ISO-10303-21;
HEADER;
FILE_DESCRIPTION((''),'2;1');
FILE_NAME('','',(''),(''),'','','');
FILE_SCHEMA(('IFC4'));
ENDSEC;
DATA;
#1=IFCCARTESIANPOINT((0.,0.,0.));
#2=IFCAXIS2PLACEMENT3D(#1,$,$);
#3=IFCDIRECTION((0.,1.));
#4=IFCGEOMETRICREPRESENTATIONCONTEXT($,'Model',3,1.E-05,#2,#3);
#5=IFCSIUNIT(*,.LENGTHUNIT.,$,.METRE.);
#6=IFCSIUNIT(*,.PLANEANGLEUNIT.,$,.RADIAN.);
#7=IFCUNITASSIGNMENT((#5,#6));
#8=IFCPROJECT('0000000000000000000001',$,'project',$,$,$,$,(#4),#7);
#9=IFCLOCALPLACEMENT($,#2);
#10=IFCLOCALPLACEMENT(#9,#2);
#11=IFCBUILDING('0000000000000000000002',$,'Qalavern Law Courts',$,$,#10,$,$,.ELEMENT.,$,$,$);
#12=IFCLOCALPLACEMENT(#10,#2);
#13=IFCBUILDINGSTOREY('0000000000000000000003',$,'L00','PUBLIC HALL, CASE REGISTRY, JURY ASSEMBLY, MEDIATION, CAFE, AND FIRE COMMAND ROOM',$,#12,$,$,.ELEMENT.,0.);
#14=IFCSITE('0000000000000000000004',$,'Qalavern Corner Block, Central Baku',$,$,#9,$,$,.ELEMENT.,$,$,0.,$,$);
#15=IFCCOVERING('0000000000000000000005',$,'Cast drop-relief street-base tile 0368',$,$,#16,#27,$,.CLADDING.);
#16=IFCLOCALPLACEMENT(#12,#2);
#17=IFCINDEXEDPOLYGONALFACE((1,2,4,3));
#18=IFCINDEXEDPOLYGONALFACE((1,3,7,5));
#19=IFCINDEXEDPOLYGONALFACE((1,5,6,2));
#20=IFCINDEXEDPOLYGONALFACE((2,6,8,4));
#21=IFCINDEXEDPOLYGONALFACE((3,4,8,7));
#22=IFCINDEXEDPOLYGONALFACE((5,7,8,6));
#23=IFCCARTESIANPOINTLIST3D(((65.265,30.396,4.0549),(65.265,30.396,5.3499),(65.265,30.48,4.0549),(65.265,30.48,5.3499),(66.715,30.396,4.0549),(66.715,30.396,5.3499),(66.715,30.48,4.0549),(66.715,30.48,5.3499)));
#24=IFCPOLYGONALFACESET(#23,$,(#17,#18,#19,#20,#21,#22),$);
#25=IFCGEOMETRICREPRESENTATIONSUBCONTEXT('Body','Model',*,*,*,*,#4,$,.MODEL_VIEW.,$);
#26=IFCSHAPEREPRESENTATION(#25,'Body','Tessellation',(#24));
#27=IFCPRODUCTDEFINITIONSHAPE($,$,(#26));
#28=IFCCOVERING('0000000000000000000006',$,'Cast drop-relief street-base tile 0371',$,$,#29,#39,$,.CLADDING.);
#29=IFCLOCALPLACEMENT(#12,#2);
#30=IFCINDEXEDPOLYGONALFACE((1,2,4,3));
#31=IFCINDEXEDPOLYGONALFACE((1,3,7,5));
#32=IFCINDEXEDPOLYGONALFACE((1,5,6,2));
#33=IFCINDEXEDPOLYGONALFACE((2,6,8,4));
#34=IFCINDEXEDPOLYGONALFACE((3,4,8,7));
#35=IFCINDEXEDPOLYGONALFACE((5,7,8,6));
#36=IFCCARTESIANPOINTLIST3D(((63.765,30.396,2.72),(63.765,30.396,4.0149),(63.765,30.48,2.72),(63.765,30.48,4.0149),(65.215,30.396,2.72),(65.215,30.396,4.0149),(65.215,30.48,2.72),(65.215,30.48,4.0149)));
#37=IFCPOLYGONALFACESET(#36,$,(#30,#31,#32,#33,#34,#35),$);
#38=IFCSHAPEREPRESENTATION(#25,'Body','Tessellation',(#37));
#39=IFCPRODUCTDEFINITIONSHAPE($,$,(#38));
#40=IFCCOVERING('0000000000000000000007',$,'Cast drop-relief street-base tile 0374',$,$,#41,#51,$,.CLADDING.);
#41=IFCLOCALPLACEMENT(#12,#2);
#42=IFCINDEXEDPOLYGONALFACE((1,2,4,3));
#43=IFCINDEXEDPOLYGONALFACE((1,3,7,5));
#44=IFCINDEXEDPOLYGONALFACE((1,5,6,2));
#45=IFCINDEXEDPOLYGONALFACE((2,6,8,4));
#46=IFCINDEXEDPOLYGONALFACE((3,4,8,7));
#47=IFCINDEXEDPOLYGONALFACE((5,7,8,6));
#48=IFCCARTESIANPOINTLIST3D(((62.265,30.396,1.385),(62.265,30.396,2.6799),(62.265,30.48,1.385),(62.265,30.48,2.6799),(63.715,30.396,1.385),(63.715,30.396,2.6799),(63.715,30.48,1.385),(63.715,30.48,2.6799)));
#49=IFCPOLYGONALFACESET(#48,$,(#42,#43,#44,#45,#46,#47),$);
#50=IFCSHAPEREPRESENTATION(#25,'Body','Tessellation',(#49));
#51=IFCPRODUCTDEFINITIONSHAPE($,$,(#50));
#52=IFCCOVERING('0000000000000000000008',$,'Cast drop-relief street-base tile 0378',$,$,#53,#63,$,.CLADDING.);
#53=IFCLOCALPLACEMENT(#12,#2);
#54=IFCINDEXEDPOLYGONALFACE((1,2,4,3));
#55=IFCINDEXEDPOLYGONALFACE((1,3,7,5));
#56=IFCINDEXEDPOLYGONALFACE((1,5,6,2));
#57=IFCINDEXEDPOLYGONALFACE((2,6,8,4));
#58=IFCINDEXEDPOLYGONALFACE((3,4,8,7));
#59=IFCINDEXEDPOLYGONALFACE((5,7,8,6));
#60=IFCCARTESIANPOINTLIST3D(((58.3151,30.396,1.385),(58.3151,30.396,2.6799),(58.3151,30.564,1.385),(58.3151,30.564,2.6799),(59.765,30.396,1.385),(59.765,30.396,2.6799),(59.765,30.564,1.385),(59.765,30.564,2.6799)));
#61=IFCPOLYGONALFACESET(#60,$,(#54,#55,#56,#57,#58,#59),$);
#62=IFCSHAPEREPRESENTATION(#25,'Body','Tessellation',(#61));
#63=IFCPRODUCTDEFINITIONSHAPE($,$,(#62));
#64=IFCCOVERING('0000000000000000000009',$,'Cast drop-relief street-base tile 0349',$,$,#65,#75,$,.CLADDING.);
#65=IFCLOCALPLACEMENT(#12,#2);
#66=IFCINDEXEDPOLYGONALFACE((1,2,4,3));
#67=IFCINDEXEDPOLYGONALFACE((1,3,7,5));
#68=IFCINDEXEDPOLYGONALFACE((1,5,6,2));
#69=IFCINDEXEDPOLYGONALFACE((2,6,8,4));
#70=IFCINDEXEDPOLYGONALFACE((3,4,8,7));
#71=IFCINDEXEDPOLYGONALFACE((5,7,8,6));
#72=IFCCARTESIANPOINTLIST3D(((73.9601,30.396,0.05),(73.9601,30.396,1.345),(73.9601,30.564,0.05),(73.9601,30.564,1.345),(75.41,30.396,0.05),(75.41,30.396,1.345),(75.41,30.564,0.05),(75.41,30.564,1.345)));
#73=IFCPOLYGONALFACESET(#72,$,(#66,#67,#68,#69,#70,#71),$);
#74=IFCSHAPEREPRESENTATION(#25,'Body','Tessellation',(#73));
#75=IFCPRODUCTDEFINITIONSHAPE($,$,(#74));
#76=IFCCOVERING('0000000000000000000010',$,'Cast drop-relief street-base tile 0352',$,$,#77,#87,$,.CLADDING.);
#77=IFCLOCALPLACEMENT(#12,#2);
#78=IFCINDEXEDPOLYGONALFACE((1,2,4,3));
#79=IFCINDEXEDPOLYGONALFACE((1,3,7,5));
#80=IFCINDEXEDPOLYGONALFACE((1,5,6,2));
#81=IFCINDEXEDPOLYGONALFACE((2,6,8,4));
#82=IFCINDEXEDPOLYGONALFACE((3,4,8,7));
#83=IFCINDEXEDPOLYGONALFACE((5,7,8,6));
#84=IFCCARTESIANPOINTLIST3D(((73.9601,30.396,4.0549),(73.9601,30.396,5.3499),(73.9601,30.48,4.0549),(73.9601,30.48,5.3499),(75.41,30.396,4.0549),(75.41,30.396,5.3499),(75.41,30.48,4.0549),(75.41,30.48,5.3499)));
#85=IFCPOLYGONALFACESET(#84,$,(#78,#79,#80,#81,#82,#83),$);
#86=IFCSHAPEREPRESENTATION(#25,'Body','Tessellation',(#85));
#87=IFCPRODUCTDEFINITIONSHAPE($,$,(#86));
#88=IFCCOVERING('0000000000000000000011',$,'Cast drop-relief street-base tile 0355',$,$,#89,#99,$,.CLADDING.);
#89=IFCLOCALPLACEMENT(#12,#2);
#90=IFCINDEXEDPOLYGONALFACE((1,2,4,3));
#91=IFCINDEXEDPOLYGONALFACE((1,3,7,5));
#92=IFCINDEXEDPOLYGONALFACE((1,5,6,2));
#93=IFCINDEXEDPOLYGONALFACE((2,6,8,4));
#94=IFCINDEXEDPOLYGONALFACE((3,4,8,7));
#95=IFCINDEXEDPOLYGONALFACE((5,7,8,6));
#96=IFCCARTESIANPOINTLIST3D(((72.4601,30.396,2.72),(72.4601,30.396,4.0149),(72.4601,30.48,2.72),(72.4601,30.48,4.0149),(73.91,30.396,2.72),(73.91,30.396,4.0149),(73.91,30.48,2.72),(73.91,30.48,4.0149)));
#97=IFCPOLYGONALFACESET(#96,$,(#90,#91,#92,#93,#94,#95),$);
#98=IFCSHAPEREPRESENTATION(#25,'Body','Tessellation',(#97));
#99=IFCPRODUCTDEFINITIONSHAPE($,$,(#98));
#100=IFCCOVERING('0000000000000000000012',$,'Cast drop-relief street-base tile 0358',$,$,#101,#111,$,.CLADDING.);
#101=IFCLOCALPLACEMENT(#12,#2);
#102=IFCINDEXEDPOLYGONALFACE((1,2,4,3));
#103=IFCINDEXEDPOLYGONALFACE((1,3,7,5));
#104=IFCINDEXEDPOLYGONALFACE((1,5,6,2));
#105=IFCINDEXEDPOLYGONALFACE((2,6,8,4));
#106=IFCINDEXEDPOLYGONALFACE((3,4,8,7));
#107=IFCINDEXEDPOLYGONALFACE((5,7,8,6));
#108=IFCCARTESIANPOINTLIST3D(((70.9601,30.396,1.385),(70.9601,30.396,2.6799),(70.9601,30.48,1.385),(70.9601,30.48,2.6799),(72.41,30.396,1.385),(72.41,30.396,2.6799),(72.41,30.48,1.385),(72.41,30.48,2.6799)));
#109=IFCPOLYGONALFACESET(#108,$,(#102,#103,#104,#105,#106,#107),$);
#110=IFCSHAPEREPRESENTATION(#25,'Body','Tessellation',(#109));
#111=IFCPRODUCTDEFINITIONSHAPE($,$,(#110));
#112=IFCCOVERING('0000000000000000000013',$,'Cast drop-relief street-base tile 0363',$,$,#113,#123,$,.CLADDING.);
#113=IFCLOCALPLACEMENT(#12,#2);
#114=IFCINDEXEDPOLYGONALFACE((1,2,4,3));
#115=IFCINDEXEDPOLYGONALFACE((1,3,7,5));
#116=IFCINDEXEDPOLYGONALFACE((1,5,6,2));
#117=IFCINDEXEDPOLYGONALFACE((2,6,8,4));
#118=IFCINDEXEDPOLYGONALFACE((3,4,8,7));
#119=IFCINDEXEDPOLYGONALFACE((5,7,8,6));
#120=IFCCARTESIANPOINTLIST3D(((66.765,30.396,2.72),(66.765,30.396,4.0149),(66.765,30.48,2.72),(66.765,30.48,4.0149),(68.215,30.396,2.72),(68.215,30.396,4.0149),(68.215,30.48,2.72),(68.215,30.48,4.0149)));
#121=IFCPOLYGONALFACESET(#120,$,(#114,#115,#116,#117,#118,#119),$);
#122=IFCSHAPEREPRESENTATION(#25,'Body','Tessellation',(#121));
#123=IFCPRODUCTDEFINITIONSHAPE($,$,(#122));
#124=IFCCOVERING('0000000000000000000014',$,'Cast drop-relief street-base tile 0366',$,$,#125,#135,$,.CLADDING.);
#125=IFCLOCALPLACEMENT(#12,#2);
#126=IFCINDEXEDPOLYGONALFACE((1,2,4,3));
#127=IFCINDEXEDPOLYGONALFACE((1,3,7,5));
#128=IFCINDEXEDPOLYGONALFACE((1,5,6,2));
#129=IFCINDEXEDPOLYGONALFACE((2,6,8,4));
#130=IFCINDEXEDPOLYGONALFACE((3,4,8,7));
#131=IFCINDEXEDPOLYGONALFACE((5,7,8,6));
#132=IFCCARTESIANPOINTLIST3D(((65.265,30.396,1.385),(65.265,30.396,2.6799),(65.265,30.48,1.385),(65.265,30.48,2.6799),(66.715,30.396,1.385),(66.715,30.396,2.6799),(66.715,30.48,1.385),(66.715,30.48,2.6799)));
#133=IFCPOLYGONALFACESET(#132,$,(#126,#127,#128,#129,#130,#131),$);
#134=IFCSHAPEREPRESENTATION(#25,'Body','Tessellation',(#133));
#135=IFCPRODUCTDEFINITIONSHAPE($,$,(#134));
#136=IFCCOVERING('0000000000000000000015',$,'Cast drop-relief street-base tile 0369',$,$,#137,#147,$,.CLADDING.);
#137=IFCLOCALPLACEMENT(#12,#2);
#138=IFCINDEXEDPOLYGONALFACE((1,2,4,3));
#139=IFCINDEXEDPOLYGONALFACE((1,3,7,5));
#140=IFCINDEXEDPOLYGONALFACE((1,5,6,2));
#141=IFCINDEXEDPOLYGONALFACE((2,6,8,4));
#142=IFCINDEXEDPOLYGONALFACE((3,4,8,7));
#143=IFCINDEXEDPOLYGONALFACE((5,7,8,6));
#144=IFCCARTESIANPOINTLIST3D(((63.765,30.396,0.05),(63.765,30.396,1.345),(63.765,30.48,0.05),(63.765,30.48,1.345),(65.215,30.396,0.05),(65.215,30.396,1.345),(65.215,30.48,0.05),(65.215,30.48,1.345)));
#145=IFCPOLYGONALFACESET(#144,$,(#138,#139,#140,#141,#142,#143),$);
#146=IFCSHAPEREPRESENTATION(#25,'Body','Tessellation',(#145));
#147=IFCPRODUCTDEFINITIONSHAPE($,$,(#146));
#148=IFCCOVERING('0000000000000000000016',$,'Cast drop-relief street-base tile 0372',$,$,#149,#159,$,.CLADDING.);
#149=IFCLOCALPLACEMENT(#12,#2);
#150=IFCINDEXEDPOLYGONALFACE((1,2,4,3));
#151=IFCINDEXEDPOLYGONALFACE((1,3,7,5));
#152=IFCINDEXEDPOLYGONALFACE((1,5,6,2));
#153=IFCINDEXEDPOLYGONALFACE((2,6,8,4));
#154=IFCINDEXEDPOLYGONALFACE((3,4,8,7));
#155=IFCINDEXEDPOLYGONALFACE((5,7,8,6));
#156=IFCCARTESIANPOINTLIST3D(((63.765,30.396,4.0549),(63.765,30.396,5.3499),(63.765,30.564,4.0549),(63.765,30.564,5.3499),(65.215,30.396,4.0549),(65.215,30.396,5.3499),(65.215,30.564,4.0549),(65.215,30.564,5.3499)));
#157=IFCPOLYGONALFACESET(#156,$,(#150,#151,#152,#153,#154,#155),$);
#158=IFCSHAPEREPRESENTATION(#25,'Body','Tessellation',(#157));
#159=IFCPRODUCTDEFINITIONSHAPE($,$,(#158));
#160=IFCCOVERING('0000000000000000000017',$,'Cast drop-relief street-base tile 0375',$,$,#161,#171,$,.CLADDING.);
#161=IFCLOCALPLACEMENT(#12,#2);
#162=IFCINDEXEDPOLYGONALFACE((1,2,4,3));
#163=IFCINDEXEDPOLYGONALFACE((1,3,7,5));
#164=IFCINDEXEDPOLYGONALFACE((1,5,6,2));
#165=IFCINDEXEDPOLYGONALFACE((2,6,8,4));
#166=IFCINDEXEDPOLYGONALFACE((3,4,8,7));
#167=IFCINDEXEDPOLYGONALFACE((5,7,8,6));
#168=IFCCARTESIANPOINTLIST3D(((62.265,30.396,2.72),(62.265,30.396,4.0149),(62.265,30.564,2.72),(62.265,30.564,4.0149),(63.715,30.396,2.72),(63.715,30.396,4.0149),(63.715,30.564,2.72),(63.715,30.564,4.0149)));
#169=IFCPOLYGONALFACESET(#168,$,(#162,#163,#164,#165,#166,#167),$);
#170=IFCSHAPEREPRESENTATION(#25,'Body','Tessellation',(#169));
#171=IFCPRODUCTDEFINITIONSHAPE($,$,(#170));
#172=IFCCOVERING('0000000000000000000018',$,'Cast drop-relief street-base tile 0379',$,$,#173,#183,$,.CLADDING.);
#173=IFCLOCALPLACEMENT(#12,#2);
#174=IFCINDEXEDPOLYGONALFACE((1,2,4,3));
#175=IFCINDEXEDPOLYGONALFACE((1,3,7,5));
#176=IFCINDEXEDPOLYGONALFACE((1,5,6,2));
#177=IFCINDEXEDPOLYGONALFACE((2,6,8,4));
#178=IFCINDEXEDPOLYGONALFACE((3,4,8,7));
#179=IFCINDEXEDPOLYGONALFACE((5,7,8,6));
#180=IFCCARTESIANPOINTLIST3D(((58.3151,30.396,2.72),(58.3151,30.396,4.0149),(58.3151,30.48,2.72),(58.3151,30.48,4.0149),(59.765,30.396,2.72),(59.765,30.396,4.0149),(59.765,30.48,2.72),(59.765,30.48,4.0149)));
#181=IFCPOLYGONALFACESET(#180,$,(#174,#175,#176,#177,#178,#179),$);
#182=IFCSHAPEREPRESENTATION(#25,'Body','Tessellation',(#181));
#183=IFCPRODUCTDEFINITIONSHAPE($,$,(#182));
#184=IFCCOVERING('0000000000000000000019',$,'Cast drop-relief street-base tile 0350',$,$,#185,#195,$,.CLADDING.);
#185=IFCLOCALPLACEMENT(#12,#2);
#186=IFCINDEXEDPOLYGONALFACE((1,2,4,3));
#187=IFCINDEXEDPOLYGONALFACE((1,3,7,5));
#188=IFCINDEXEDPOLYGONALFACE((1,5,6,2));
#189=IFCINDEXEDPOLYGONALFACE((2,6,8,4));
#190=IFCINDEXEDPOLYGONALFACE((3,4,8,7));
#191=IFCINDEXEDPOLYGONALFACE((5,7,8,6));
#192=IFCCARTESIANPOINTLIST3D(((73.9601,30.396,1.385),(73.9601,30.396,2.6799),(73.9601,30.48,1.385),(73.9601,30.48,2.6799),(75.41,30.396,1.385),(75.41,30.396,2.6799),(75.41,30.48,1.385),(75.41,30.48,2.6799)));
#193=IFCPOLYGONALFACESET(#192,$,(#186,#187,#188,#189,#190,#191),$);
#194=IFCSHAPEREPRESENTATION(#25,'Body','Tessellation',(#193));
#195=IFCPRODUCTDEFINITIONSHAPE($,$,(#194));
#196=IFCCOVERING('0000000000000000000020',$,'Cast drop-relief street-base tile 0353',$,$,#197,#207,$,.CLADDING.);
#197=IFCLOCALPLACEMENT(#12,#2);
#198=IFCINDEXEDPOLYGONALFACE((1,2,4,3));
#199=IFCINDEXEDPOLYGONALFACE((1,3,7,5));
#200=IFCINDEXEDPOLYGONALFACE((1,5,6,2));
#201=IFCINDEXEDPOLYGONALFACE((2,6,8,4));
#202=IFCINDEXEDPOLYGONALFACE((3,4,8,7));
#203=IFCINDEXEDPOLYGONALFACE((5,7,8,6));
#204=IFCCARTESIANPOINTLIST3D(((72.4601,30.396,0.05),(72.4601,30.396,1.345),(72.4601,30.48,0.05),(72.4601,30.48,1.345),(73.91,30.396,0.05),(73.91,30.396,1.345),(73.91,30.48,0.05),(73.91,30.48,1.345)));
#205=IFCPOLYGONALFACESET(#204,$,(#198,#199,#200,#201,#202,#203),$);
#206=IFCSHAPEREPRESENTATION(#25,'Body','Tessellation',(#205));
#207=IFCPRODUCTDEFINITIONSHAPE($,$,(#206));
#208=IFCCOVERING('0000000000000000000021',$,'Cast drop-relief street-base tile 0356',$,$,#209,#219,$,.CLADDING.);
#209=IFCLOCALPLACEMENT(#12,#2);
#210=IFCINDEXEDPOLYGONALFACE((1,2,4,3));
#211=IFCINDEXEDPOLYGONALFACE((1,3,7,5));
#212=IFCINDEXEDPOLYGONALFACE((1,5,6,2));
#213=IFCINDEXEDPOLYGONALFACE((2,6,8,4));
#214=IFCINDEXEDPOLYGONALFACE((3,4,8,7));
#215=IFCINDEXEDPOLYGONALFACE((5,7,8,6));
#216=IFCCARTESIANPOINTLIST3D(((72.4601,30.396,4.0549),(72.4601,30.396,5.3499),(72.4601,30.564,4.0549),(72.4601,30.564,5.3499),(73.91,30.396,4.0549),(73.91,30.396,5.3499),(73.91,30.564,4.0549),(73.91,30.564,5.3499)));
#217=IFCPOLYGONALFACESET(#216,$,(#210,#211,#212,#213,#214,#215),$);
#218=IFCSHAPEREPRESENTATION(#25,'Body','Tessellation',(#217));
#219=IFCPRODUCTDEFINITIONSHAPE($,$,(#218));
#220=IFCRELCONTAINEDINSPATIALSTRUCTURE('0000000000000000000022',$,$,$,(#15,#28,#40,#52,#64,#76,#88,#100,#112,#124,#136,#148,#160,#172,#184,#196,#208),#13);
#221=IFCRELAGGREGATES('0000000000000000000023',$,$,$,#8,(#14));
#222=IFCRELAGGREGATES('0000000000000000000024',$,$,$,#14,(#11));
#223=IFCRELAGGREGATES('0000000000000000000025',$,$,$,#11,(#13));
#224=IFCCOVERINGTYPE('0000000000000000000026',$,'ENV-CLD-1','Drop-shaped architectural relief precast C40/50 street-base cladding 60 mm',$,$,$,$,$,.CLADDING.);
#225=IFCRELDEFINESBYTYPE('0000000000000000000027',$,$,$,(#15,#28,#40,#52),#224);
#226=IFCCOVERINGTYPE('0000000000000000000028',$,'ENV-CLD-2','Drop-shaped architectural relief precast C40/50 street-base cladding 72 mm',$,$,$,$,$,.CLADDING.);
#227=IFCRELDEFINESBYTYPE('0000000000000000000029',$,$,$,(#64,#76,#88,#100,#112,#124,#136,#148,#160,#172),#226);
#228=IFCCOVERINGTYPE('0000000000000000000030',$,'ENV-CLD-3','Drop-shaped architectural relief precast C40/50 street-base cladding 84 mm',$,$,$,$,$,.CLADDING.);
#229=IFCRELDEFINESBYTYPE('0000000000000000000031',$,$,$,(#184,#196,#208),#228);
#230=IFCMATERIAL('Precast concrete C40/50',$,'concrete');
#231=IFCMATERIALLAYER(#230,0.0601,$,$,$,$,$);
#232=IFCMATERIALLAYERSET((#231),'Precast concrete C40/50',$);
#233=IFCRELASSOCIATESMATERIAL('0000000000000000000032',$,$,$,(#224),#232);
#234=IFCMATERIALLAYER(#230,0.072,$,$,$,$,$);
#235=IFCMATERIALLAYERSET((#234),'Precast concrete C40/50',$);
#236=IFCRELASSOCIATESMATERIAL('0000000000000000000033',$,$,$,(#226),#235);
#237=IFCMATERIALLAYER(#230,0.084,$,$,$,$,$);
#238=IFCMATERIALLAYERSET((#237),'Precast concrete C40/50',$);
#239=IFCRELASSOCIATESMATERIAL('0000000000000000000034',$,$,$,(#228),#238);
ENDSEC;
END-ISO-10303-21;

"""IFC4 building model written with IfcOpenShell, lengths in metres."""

from ifc_helpers import new_model, si_unit, direction, frame, origin, origin_2d, place, context, subcontext, project, spatial, rectangle, extrude, material, layer, layer_set, type_object, element, save


model = new_model("IFC4")

# Units and contexts
model_context = context("Model", 3, precision=1e-05, world=origin(), true_north=direction((0.0, 1.0)))
body_context = subcontext(model_context, "Body", "Model", "MODEL_VIEW")
ifc_project = project(units=[si_unit("LENGTHUNIT", "METRE"), si_unit("PLANEANGLEUNIT", "RADIAN")], contexts=[model_context])

# Site, building, storey
site_placement = place(None, origin())
site = spatial("IfcSite", under=ifc_project, at=site_placement, Name="Qalavern Corner Block, Central Baku", CompositionType="ELEMENT", RefElevation=0.0)
building_placement = place(site_placement, origin())
building = spatial("IfcBuilding", under=site, at=building_placement, Name="Qalavern Law Courts", CompositionType="ELEMENT")
storey_placement = place(building_placement, origin())
storey = spatial("IfcBuildingStorey", under=building, at=storey_placement, Name="L00", Description="PUBLIC HALL, CASE REGISTRY, JURY ASSEMBLY, MEDIATION, CAFE, AND FIRE COMMAND ROOM", CompositionType="ELEMENT", Elevation=0.0)

# Coverings
ifc_material_1 = material(Name="Precast concrete C40/50", Category="concrete")
ifc_layer_1 = layer(ifc_material_1, 0.0601)
ifc_layer_set_1 = layer_set([ifc_layer_1], Name="Precast concrete C40/50")
covering_type_1 = type_object("IfcCoveringType", Name="ENV-CLD-1", Description="Drop-shaped architectural relief precast C40/50 street-base cladding 60 mm", PredefinedType="CLADDING", material=ifc_layer_set_1)
for number, where, z_axis, x_axis, name in (
    (1, (65.99, 30.438, 4.0549), (0.0, 0.0, 1.0), (-1.0, 0.0, 0.0), "Cast drop-relief street-base tile 0368"),
    (2, (64.49, 30.438, 2.72), (0.0, 0.0, 1.0), (-1.0, 0.0, 0.0), "Cast drop-relief street-base tile 0371"),
    (3, (62.99, 30.438, 1.385), (0.0, 0.0, 1.0), (-1.0, 0.0, 0.0), "Cast drop-relief street-base tile 0374"),
):
    element("IfcCovering", number, at=place(storey_placement, frame(where, z_axis=z_axis, x_axis=x_axis)), inside=storey, type_object=covering_type_1, Name=name, PredefinedType="CLADDING", context=body_context, shape_type="SweptSolid", body=[
        extrude(rectangle(XDim=1.45, YDim=0.084, at=origin_2d()), origin(), (0.0, 0.0, 1.0), 1.2949),
    ])
covering_1_placement = place(storey_placement, frame((59.04, 30.48, 1.385), z_axis=(0.0, 0.0, 1.0), x_axis=(-1.0, 0.0, 0.0)))
element("IfcCovering", 4, at=covering_1_placement, inside=storey, type_object=covering_type_1, Name="Cast drop-relief street-base tile 0378", PredefinedType="CLADDING", context=body_context, shape_type="SweptSolid", body=[
    extrude(rectangle(XDim=1.45, YDim=0.168, at=origin_2d()), origin(), (0.0, 0.0, 1.0), 1.2949),
])
ifc_layer_2 = layer(ifc_material_1, 0.072)
ifc_layer_set_2 = layer_set([ifc_layer_2], Name="Precast concrete C40/50")
covering_type_2 = type_object("IfcCoveringType", Name="ENV-CLD-2", Description="Drop-shaped architectural relief precast C40/50 street-base cladding 72 mm", PredefinedType="CLADDING", material=ifc_layer_set_2)
covering_2_placement = place(storey_placement, frame((74.6851, 30.48, 0.05), z_axis=(0.0, 0.0, 1.0), x_axis=(-1.0, 0.0, 0.0)))
element("IfcCovering", 5, at=covering_2_placement, inside=storey, type_object=covering_type_2, Name="Cast drop-relief street-base tile 0349", PredefinedType="CLADDING", context=body_context, shape_type="SweptSolid", body=[
    extrude(rectangle(XDim=1.45, YDim=0.168, at=origin_2d()), origin(), (0.0, 0.0, 1.0), 1.2949),
])
for number, where, z_axis, x_axis, name in (
    (6, (74.6851, 30.438, 4.0549), (0.0, 0.0, 1.0), (-1.0, 0.0, 0.0), "Cast drop-relief street-base tile 0352"),
    (7, (73.1851, 30.438, 2.72), (0.0, 0.0, 1.0), (-1.0, 0.0, 0.0), "Cast drop-relief street-base tile 0355"),
    (8, (71.6851, 30.438, 1.385), (0.0, 0.0, 1.0), (-1.0, 0.0, 0.0), "Cast drop-relief street-base tile 0358"),
    (9, (67.49, 30.438, 2.72), (0.0, 0.0, 1.0), (-1.0, 0.0, 0.0), "Cast drop-relief street-base tile 0363"),
    (10, (65.99, 30.438, 1.385), (0.0, 0.0, 1.0), (-1.0, 0.0, 0.0), "Cast drop-relief street-base tile 0366"),
    (11, (64.49, 30.438, 0.05), (0.0, 0.0, 1.0), (-1.0, 0.0, 0.0), "Cast drop-relief street-base tile 0369"),
):
    element("IfcCovering", number, at=place(storey_placement, frame(where, z_axis=z_axis, x_axis=x_axis)), inside=storey, type_object=covering_type_2, Name=name, PredefinedType="CLADDING", context=body_context, shape_type="SweptSolid", body=[
        extrude(rectangle(XDim=1.45, YDim=0.084, at=origin_2d()), origin(), (0.0, 0.0, 1.0), 1.2949),
    ])
for number, where, z_axis, x_axis, name in (
    (12, (64.49, 30.48, 4.0549), (0.0, 0.0, 1.0), (-1.0, 0.0, 0.0), "Cast drop-relief street-base tile 0372"),
    (13, (62.99, 30.48, 2.72), (0.0, 0.0, 1.0), (-1.0, 0.0, 0.0), "Cast drop-relief street-base tile 0375"),
):
    element("IfcCovering", number, at=place(storey_placement, frame(where, z_axis=z_axis, x_axis=x_axis)), inside=storey, type_object=covering_type_2, Name=name, PredefinedType="CLADDING", context=body_context, shape_type="SweptSolid", body=[
        extrude(rectangle(XDim=1.45, YDim=0.168, at=origin_2d()), origin(), (0.0, 0.0, 1.0), 1.2949),
    ])
covering_3_placement = place(storey_placement, frame((59.04, 30.438, 2.72), z_axis=(0.0, 0.0, 1.0), x_axis=(-1.0, 0.0, 0.0)))
element("IfcCovering", 14, at=covering_3_placement, inside=storey, type_object=covering_type_2, Name="Cast drop-relief street-base tile 0379", PredefinedType="CLADDING", context=body_context, shape_type="SweptSolid", body=[
    extrude(rectangle(XDim=1.45, YDim=0.084, at=origin_2d()), origin(), (0.0, 0.0, 1.0), 1.2949),
])
ifc_layer_3 = layer(ifc_material_1, 0.084)
ifc_layer_set_3 = layer_set([ifc_layer_3], Name="Precast concrete C40/50")
covering_type_3 = type_object("IfcCoveringType", Name="ENV-CLD-3", Description="Drop-shaped architectural relief precast C40/50 street-base cladding 84 mm", PredefinedType="CLADDING", material=ifc_layer_set_3)
for number, where, z_axis, x_axis, name in (
    (15, (74.6851, 30.438, 1.385), (0.0, 0.0, 1.0), (-1.0, 0.0, 0.0), "Cast drop-relief street-base tile 0350"),
    (16, (73.1851, 30.438, 0.05), (0.0, 0.0, 1.0), (-1.0, 0.0, 0.0), "Cast drop-relief street-base tile 0353"),
):
    element("IfcCovering", number, at=place(storey_placement, frame(where, z_axis=z_axis, x_axis=x_axis)), inside=storey, type_object=covering_type_3, Name=name, PredefinedType="CLADDING", context=body_context, shape_type="SweptSolid", body=[
        extrude(rectangle(XDim=1.45, YDim=0.084, at=origin_2d()), origin(), (0.0, 0.0, 1.0), 1.2949),
    ])
for number, where, z_axis, x_axis, name in (
    (17, (73.1851, 30.48, 4.0549), (0.0, 0.0, 1.0), (-1.0, 0.0, 0.0), "Cast drop-relief street-base tile 0356"),
):
    element("IfcCovering", number, at=place(storey_placement, frame(where, z_axis=z_axis, x_axis=x_axis)), inside=storey, type_object=covering_type_3, Name=name, PredefinedType="CLADDING", context=body_context, shape_type="SweptSolid", body=[
        extrude(rectangle(XDim=1.45, YDim=0.168, at=origin_2d()), origin(), (0.0, 0.0, 1.0), 1.2949),
    ])

save(model, "model.ifc")
